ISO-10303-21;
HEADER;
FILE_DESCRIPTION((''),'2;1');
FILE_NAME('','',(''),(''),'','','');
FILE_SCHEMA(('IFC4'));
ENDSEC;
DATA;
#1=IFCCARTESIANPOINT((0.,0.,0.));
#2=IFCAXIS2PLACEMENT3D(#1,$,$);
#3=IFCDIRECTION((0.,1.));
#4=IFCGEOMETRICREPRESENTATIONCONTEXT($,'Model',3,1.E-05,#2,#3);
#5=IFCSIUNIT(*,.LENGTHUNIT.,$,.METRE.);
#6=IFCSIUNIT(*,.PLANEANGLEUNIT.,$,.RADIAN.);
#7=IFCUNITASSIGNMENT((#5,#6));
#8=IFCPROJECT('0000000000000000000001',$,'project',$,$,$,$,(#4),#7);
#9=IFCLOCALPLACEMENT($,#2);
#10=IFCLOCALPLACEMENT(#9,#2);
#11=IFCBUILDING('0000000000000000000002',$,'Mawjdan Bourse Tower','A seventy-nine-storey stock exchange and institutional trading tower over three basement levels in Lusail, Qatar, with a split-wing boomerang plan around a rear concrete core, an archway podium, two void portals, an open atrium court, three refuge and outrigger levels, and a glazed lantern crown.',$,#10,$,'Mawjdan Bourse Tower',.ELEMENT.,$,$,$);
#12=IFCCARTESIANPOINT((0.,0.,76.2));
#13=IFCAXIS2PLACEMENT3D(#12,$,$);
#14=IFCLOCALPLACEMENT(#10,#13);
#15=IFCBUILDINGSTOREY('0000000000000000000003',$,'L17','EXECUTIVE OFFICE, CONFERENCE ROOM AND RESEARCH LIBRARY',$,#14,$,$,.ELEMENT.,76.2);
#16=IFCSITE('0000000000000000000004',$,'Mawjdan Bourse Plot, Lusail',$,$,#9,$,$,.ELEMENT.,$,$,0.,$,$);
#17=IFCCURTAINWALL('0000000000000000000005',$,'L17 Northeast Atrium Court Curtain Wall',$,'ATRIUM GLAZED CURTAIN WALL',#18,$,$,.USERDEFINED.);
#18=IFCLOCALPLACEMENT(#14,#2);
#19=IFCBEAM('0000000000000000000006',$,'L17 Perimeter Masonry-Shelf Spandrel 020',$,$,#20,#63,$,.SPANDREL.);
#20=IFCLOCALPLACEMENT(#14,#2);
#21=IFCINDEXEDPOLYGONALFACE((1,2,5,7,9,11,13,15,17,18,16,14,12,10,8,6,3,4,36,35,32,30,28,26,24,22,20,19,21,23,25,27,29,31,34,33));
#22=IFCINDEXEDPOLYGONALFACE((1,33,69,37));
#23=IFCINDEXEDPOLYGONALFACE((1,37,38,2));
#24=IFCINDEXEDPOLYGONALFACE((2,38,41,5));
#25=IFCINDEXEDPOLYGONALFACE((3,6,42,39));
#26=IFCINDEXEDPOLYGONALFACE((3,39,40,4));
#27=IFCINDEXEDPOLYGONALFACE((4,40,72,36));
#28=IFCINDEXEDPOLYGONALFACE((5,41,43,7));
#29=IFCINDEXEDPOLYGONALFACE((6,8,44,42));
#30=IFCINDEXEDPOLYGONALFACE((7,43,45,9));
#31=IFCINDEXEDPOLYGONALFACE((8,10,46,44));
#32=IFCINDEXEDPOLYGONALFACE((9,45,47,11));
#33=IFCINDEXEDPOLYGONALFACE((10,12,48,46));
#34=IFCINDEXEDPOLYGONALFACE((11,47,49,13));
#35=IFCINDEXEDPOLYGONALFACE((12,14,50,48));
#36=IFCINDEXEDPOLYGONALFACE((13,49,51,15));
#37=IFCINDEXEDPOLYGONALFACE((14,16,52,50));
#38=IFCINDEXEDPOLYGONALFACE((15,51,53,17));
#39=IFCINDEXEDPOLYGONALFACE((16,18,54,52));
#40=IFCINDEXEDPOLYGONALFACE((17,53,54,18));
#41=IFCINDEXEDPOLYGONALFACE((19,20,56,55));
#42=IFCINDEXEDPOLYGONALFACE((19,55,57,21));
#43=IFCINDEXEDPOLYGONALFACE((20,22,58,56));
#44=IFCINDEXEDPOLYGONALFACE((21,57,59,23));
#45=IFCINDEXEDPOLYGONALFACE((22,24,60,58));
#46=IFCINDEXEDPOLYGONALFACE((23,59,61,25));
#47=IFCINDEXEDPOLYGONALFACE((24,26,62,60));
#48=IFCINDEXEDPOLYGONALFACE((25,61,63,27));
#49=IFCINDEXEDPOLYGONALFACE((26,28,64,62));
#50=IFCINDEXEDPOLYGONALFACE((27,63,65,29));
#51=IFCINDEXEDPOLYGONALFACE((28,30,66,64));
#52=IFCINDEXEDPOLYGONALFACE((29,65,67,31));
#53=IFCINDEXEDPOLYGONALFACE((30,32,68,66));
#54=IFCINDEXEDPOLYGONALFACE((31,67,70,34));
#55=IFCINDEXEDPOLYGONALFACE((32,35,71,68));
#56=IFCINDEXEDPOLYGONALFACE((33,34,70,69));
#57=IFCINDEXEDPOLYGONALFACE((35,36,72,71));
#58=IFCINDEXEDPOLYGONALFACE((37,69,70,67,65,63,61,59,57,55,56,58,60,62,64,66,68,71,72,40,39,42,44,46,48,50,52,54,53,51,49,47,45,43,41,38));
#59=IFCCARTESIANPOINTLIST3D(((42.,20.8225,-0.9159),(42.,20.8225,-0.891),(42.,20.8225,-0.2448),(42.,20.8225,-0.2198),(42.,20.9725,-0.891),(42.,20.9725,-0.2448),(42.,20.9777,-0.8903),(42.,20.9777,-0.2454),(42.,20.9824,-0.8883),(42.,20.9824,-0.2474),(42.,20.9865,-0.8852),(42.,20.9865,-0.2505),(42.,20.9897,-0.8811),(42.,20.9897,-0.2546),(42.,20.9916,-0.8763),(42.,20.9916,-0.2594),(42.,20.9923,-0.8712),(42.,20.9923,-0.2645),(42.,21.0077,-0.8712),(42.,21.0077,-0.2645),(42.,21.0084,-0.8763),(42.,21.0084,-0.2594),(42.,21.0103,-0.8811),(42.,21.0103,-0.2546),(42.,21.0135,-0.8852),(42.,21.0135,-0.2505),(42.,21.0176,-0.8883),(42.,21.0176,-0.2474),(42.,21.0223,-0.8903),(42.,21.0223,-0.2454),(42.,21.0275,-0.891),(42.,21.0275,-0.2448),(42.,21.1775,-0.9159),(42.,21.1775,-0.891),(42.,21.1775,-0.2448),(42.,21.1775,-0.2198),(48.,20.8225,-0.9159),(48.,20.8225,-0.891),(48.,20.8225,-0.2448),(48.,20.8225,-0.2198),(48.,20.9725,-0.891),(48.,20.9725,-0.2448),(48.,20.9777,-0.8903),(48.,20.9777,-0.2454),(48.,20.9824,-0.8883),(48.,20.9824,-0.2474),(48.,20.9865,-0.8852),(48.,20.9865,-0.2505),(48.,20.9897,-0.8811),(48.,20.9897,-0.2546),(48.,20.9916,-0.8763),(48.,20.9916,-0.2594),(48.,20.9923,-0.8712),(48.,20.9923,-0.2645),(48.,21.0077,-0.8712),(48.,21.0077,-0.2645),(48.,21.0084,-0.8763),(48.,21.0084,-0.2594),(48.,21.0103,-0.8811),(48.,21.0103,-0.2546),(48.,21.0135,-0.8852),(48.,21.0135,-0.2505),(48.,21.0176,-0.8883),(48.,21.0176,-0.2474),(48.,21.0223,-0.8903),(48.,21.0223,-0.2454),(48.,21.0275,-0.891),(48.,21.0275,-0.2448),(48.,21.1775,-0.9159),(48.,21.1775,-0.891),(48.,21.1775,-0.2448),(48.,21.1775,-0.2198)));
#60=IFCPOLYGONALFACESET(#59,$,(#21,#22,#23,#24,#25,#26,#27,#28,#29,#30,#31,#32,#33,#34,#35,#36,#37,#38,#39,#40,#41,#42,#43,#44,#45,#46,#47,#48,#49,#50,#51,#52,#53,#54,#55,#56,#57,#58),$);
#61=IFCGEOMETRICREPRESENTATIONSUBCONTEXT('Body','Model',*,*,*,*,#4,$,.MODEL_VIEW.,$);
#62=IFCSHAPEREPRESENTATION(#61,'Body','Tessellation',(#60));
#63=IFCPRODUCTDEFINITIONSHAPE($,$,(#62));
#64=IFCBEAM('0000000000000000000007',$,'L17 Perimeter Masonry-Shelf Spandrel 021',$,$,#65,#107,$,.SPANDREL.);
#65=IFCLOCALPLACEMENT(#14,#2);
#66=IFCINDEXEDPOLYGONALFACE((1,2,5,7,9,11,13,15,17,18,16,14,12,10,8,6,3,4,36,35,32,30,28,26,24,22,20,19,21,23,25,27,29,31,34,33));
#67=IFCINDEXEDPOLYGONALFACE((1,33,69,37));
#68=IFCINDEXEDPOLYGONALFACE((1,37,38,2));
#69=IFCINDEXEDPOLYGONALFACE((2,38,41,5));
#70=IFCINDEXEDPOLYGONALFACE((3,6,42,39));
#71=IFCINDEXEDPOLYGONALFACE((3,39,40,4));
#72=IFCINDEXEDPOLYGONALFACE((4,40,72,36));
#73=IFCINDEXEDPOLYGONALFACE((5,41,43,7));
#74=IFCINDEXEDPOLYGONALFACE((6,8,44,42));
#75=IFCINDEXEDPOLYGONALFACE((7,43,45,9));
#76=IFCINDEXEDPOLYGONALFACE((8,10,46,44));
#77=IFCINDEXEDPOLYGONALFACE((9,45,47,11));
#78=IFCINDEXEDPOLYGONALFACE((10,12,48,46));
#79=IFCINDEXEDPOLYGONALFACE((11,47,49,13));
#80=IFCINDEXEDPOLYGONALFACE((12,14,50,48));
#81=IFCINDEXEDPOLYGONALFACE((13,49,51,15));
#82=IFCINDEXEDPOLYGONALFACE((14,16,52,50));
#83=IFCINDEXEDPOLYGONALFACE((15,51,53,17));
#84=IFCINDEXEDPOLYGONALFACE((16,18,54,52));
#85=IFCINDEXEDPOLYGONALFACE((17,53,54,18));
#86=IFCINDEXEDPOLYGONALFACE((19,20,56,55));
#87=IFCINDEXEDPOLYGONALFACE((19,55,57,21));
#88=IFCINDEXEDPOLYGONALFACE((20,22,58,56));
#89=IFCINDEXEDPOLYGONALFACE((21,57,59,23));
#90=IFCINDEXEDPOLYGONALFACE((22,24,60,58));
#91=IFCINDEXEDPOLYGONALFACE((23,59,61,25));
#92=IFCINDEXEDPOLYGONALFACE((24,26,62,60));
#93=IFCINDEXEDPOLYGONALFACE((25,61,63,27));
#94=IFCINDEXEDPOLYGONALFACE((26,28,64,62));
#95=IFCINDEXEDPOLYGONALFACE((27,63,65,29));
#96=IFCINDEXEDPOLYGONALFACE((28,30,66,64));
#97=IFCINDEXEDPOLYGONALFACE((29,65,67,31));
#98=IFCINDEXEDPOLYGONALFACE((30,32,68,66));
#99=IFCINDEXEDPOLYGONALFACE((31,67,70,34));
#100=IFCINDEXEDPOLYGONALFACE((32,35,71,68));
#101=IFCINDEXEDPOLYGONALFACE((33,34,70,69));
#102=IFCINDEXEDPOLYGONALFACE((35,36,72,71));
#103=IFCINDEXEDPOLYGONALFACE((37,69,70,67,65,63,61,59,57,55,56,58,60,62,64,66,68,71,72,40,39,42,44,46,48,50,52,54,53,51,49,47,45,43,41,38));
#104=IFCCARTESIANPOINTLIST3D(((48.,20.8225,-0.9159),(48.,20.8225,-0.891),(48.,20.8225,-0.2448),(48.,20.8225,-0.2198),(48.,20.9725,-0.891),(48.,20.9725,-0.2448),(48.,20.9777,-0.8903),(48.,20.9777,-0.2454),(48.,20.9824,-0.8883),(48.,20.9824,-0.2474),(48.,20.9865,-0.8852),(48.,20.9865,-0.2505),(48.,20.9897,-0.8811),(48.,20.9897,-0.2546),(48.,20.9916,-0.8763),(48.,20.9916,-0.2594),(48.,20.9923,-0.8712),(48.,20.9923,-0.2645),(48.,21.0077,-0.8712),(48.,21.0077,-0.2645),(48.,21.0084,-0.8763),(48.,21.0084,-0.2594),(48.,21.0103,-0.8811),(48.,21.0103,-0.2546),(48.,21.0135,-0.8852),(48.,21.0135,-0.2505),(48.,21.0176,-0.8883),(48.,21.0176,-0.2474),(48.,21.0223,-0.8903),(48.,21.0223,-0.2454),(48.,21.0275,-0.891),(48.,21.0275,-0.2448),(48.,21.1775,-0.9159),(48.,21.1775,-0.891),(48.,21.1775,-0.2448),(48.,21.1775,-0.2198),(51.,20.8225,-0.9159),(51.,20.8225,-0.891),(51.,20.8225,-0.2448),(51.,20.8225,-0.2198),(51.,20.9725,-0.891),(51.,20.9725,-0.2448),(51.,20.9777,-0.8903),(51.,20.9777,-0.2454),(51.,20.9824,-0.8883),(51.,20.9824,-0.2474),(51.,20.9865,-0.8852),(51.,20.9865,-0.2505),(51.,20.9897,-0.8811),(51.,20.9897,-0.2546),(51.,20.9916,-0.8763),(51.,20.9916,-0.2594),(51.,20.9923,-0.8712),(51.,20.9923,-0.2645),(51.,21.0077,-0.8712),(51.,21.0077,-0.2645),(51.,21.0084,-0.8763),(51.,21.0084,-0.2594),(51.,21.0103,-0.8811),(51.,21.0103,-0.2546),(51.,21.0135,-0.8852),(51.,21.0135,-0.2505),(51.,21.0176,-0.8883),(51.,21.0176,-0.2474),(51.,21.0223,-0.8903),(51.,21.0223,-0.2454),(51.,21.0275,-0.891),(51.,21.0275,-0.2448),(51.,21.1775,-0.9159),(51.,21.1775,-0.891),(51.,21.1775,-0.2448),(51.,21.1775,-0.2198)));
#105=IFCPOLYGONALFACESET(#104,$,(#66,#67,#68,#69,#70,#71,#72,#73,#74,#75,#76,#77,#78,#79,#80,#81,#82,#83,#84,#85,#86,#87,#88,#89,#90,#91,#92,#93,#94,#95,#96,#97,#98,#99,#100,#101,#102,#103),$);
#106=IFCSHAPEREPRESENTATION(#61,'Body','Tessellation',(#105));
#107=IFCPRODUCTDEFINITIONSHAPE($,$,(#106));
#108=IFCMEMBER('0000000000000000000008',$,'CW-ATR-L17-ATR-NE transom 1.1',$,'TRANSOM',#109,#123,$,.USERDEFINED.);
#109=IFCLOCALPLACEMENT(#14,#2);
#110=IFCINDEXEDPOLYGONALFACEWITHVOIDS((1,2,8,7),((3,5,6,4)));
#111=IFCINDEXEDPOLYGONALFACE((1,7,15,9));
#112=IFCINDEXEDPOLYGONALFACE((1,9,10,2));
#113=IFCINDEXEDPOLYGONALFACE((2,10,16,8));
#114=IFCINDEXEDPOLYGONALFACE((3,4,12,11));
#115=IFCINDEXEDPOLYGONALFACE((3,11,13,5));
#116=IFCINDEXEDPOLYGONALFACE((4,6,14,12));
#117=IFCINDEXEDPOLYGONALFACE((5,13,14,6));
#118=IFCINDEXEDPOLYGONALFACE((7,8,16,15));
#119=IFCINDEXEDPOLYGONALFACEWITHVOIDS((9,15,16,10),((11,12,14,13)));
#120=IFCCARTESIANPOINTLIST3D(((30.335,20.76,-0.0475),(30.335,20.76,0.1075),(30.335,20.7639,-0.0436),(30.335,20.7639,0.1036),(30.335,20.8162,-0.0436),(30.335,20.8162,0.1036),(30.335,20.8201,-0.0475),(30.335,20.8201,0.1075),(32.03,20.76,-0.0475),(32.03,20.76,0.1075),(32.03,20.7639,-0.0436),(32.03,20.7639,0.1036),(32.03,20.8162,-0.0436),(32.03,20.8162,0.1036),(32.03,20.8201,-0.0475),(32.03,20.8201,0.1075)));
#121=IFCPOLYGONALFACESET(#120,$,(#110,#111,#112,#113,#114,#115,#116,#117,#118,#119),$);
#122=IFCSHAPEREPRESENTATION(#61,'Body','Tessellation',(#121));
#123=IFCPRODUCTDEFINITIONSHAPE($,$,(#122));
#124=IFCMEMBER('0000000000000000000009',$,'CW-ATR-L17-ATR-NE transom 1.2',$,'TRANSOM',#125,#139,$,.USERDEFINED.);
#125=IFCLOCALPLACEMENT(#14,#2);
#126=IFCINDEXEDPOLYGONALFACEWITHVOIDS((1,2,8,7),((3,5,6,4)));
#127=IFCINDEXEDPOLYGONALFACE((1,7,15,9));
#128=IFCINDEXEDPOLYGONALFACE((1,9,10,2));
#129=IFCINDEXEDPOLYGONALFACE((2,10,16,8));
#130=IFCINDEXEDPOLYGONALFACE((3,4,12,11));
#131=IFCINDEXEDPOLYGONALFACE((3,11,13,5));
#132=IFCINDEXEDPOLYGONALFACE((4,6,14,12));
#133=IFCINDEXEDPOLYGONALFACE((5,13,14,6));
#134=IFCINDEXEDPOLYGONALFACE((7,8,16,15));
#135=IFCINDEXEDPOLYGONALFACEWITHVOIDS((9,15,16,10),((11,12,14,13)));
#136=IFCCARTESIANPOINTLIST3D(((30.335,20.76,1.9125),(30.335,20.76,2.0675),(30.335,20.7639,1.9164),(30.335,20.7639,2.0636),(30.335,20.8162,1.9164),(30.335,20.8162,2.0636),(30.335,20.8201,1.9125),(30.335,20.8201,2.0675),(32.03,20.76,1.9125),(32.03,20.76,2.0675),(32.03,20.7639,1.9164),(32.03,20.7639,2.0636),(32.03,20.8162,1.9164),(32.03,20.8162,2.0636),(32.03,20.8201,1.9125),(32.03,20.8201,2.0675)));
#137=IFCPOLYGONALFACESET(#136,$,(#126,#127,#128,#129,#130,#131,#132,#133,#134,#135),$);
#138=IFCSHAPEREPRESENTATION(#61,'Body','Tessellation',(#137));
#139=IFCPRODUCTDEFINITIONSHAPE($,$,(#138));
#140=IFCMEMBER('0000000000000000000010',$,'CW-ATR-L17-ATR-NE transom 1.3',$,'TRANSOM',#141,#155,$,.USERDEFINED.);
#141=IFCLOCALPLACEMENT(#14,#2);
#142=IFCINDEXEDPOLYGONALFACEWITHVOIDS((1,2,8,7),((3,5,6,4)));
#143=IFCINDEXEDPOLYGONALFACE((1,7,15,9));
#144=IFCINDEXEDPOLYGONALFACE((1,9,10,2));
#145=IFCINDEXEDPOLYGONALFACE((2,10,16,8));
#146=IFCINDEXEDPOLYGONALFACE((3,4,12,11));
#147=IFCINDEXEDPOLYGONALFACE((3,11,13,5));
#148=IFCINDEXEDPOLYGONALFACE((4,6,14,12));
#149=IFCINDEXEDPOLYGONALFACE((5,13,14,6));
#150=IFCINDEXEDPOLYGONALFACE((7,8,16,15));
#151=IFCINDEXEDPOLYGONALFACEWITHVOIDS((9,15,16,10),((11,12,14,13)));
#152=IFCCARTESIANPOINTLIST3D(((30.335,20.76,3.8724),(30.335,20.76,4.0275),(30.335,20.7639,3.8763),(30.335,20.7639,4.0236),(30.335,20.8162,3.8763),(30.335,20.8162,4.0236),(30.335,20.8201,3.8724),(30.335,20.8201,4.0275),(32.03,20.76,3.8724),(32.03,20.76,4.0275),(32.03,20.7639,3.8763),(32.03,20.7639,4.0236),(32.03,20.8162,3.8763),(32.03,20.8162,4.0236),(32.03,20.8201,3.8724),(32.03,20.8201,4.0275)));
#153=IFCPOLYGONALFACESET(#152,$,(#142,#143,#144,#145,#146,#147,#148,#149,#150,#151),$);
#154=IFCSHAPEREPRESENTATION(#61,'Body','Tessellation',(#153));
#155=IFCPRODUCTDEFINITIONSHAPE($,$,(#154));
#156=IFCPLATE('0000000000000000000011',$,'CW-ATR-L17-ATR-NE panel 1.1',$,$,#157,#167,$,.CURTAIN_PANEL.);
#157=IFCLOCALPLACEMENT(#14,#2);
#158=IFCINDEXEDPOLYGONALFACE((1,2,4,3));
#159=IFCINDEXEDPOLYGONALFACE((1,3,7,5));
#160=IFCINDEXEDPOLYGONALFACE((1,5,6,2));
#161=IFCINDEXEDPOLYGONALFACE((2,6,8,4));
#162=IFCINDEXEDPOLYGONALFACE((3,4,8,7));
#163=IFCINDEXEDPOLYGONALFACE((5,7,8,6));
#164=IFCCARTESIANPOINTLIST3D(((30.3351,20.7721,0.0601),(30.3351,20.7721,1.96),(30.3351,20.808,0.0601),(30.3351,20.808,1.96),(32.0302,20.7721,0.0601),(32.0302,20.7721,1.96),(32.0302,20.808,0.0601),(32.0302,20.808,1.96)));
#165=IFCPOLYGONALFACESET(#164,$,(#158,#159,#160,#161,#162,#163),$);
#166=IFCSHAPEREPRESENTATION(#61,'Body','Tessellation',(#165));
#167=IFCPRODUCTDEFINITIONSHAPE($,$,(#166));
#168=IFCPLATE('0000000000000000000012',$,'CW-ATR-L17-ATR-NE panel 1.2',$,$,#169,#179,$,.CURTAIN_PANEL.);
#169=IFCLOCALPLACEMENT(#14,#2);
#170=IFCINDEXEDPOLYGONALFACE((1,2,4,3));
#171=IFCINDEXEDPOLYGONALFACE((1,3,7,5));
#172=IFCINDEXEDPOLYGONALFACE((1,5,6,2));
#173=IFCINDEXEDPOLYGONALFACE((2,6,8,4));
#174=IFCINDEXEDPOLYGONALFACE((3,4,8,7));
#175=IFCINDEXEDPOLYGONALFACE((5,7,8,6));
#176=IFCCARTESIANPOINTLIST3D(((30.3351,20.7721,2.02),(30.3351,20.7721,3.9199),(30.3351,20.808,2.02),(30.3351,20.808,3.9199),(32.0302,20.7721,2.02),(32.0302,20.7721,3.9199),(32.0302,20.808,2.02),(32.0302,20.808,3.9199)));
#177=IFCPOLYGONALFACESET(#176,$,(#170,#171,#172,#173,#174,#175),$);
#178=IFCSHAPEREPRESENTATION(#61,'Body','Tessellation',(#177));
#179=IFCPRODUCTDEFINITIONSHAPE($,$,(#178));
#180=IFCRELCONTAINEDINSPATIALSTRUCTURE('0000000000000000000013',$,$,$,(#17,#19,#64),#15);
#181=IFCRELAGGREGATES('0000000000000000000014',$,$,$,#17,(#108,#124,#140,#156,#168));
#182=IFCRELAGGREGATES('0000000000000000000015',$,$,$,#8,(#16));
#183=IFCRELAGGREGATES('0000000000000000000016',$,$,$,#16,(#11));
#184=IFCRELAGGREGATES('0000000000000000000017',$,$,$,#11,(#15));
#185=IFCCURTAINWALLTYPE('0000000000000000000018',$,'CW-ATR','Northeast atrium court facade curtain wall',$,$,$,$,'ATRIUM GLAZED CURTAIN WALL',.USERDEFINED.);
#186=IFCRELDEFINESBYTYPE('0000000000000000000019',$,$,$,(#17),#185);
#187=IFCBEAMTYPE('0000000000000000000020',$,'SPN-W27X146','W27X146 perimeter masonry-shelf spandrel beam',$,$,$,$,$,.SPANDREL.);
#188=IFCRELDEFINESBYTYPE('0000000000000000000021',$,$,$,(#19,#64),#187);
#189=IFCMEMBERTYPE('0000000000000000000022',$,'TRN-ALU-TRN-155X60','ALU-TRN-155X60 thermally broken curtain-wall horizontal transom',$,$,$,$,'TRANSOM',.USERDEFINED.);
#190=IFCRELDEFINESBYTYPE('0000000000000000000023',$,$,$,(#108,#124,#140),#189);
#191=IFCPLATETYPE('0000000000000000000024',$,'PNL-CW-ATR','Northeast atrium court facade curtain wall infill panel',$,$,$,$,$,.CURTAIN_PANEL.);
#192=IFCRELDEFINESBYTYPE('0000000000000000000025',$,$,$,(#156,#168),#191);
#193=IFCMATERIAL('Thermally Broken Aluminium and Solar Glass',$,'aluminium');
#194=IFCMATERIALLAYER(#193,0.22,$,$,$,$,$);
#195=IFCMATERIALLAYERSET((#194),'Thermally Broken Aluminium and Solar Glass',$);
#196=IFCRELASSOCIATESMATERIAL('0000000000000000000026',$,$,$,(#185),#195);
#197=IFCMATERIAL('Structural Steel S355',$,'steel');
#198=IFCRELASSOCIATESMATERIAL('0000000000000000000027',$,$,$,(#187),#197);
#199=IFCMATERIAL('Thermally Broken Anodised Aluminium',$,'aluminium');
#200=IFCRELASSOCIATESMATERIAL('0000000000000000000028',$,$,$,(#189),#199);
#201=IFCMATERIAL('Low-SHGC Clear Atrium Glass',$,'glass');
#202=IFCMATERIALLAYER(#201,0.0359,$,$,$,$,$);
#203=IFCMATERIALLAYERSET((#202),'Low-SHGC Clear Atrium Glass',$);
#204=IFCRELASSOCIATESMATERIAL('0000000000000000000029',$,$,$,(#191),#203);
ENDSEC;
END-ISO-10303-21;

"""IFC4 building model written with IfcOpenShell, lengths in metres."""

from ifc_helpers import new_model, si_unit, direction, frame, origin, origin_2d, place, context, subcontext, project, spatial, rectangle, hollow_rectangle, i_section, extrude, material, layer, layer_set, material_profile, profile_set, type_object, element, aggregate, save


model = new_model("IFC4")

# Units and contexts
model_context = context("Model", 3, precision=1e-05, world=origin(), true_north=direction((0.0, 1.0)))
body_context = subcontext(model_context, "Body", "Model", "MODEL_VIEW")
ifc_project = project(units=[si_unit("LENGTHUNIT", "METRE"), si_unit("PLANEANGLEUNIT", "RADIAN")], contexts=[model_context])

# Site, building, storey
site_placement = place(None, origin())
site = spatial("IfcSite", under=ifc_project, at=site_placement, Name="Mawjdan Bourse Plot, Lusail", CompositionType="ELEMENT", RefElevation=0.0)
building_placement = place(site_placement, origin())
building = spatial("IfcBuilding", under=site, at=building_placement, Name="Mawjdan Bourse Tower", Description="A seventy-nine-storey stock exchange and institutional trading tower over three basement levels in Lusail, Qatar, with a split-wing boomerang plan around a rear concrete core, an archway podium, two void portals, an open atrium court, three refuge and outrigger levels, and a glazed lantern crown.", LongName="Mawjdan Bourse Tower", CompositionType="ELEMENT")
storey_placement = place(building_placement, frame((0.0, 0.0, 76.2)))
storey = spatial("IfcBuildingStorey", under=building, at=storey_placement, Name="L17", Description="EXECUTIVE OFFICE, CONFERENCE ROOM AND RESEARCH LIBRARY", CompositionType="ELEMENT", Elevation=76.2)

# Shared definitions
ifc_material_1 = material(Name="Structural Steel S355", Category="steel")

# Curtain wall
ifc_material_2 = material(Name="Thermally Broken Aluminium and Solar Glass", Category="aluminium")
ifc_layer_1 = layer(ifc_material_2, 0.22)
ifc_layer_set_1 = layer_set([ifc_layer_1], Name="Thermally Broken Aluminium and Solar Glass")
curtain_wall_type = type_object("IfcCurtainWallType", Name="CW-ATR", Description="Northeast atrium court facade curtain wall", ElementType="ATRIUM GLAZED CURTAIN WALL", PredefinedType="USERDEFINED", material=ifc_layer_set_1)
curtain_wall_placement = place(storey_placement, origin())
curtain_wall = element("IfcCurtainWall", 1, at=curtain_wall_placement, inside=storey, type_object=curtain_wall_type, Name="L17 Northeast Atrium Court Curtain Wall", ObjectType="ATRIUM GLAZED CURTAIN WALL", PredefinedType="USERDEFINED")
ifc_material_3 = material(Name="Thermally Broken Anodised Aluminium", Category="aluminium")

# Beams
ifc_material_profile_1 = material_profile(ifc_material_1, i_section(OverallWidth=0.355, OverallDepth=0.696, WebThickness=0.0154, FlangeThickness=0.0249, FilletRadius=0.0198, at=origin_2d()), Name="W27X146")
ifc_profile_set_1 = profile_set([ifc_material_profile_1], Name="Structural Steel S355")
beam_type_1 = type_object("IfcBeamType", Name="SPN-W27X146", Description="W27X146 perimeter masonry-shelf spandrel beam", PredefinedType="SPANDREL", material=ifc_profile_set_1)
beam_1_placement = place(storey_placement, frame((42.0, 21.0, -0.5679), z_axis=(1.0, 0.0, 0.0), x_axis=(0.0, 1.0, 0.0)))
element("IfcBeam", 2, at=beam_1_placement, inside=storey, type_object=beam_type_1, Name="L17 Perimeter Masonry-Shelf Spandrel 020", PredefinedType="SPANDREL", context=body_context, shape_type="SweptSolid", body=[
    extrude(i_section(OverallWidth=0.355, OverallDepth=0.696, WebThickness=0.0154, FlangeThickness=0.0249, FilletRadius=0.0198, at=origin_2d()), origin(), (0.0, 0.0, 1.0), 6.0),
])
beam_2_placement = place(storey_placement, frame((48.0, 21.0, -0.5679), z_axis=(1.0, 0.0, 0.0), x_axis=(0.0, 1.0, 0.0)))
element("IfcBeam", 3, at=beam_2_placement, inside=storey, type_object=beam_type_1, Name="L17 Perimeter Masonry-Shelf Spandrel 021", PredefinedType="SPANDREL", context=body_context, shape_type="SweptSolid", body=[
    extrude(i_section(OverallWidth=0.355, OverallDepth=0.696, WebThickness=0.0154, FlangeThickness=0.0249, FilletRadius=0.0198, at=origin_2d()), origin(), (0.0, 0.0, 1.0), 3.0),
])

# Members
ifc_material_profile_2 = material_profile(ifc_material_3, hollow_rectangle(XDim=0.0601, YDim=0.155, WallThickness=0.0039, at=origin_2d()), Name="ALU-TRN-155X60")
ifc_profile_set_2 = profile_set([ifc_material_profile_2], Name="Thermally Broken Anodised Aluminium")
member_type_1 = type_object("IfcMemberType", Name="TRN-ALU-TRN-155X60", Description="ALU-TRN-155X60 thermally broken curtain-wall horizontal transom", ElementType="TRANSOM", PredefinedType="USERDEFINED", material=ifc_profile_set_2)
member_1_placement = place(storey_placement, frame((32.03, 20.79, 0.03), z_axis=(-1.0, 0.0, 0.0), x_axis=(0.0, -1.0, 0.0)))
member_1 = element("IfcMember", 4, at=member_1_placement, type_object=member_type_1, Name="CW-ATR-L17-ATR-NE transom 1.1", ObjectType="TRANSOM", PredefinedType="USERDEFINED", context=body_context, shape_type="SweptSolid", body=[
    extrude(hollow_rectangle(XDim=0.0601, YDim=0.155, WallThickness=0.0039, at=origin_2d()), origin(), (0.0, 0.0, 1.0), 1.6951),
])
member_2_placement = place(storey_placement, frame((32.03, 20.79, 1.99), z_axis=(-1.0, 0.0, 0.0), x_axis=(0.0, -1.0, 0.0)))
member_2 = element("IfcMember", 5, at=member_2_placement, type_object=member_type_1, Name="CW-ATR-L17-ATR-NE transom 1.2", ObjectType="TRANSOM", PredefinedType="USERDEFINED", context=body_context, shape_type="SweptSolid", body=[
    extrude(hollow_rectangle(XDim=0.0601, YDim=0.155, WallThickness=0.0039, at=origin_2d()), origin(), (0.0, 0.0, 1.0), 1.6951),
])
member_3_placement = place(storey_placement, frame((32.03, 20.79, 3.95), z_axis=(-1.0, 0.0, 0.0), x_axis=(0.0, -1.0, 0.0)))
member_3 = element("IfcMember", 6, at=member_3_placement, type_object=member_type_1, Name="CW-ATR-L17-ATR-NE transom 1.3", ObjectType="TRANSOM", PredefinedType="USERDEFINED", context=body_context, shape_type="SweptSolid", body=[
    extrude(hollow_rectangle(XDim=0.0601, YDim=0.155, WallThickness=0.0039, at=origin_2d()), origin(), (0.0, 0.0, 1.0), 1.6951),
])

# Plates
ifc_material_4 = material(Name="Low-SHGC Clear Atrium Glass", Category="glass")
ifc_layer_2 = layer(ifc_material_4, 0.0359)
ifc_layer_set_2 = layer_set([ifc_layer_2], Name="Low-SHGC Clear Atrium Glass")
plate_type = type_object("IfcPlateType", Name="PNL-CW-ATR", Description="Northeast atrium court facade curtain wall infill panel", PredefinedType="CURTAIN_PANEL", material=ifc_layer_set_2)
plate_1_placement = place(storey_placement, frame((31.1826, 20.79, 0.0601), z_axis=(0.0, 0.0, 1.0), x_axis=(-1.0, 0.0, 0.0)))
plate_1 = element("IfcPlate", 7, at=plate_1_placement, type_object=plate_type, Name="CW-ATR-L17-ATR-NE panel 1.1", PredefinedType="CURTAIN_PANEL", context=body_context, shape_type="SweptSolid", body=[
    extrude(rectangle(XDim=1.6951, YDim=0.0359, at=origin_2d()), origin(), (0.0, 0.0, 1.0), 1.8999),
])
plate_2_placement = place(storey_placement, frame((31.1826, 20.79, 2.02), z_axis=(0.0, 0.0, 1.0), x_axis=(-1.0, 0.0, 0.0)))
plate_2 = element("IfcPlate", 8, at=plate_2_placement, type_object=plate_type, Name="CW-ATR-L17-ATR-NE panel 1.2", PredefinedType="CURTAIN_PANEL", context=body_context, shape_type="SweptSolid", body=[
    extrude(rectangle(XDim=1.6951, YDim=0.0359, at=origin_2d()), origin(), (0.0, 0.0, 1.0), 1.8999),
])
aggregate(curtain_wall, [member_1, member_2, member_3, plate_1, plate_2])

save(model, "model.ifc")
